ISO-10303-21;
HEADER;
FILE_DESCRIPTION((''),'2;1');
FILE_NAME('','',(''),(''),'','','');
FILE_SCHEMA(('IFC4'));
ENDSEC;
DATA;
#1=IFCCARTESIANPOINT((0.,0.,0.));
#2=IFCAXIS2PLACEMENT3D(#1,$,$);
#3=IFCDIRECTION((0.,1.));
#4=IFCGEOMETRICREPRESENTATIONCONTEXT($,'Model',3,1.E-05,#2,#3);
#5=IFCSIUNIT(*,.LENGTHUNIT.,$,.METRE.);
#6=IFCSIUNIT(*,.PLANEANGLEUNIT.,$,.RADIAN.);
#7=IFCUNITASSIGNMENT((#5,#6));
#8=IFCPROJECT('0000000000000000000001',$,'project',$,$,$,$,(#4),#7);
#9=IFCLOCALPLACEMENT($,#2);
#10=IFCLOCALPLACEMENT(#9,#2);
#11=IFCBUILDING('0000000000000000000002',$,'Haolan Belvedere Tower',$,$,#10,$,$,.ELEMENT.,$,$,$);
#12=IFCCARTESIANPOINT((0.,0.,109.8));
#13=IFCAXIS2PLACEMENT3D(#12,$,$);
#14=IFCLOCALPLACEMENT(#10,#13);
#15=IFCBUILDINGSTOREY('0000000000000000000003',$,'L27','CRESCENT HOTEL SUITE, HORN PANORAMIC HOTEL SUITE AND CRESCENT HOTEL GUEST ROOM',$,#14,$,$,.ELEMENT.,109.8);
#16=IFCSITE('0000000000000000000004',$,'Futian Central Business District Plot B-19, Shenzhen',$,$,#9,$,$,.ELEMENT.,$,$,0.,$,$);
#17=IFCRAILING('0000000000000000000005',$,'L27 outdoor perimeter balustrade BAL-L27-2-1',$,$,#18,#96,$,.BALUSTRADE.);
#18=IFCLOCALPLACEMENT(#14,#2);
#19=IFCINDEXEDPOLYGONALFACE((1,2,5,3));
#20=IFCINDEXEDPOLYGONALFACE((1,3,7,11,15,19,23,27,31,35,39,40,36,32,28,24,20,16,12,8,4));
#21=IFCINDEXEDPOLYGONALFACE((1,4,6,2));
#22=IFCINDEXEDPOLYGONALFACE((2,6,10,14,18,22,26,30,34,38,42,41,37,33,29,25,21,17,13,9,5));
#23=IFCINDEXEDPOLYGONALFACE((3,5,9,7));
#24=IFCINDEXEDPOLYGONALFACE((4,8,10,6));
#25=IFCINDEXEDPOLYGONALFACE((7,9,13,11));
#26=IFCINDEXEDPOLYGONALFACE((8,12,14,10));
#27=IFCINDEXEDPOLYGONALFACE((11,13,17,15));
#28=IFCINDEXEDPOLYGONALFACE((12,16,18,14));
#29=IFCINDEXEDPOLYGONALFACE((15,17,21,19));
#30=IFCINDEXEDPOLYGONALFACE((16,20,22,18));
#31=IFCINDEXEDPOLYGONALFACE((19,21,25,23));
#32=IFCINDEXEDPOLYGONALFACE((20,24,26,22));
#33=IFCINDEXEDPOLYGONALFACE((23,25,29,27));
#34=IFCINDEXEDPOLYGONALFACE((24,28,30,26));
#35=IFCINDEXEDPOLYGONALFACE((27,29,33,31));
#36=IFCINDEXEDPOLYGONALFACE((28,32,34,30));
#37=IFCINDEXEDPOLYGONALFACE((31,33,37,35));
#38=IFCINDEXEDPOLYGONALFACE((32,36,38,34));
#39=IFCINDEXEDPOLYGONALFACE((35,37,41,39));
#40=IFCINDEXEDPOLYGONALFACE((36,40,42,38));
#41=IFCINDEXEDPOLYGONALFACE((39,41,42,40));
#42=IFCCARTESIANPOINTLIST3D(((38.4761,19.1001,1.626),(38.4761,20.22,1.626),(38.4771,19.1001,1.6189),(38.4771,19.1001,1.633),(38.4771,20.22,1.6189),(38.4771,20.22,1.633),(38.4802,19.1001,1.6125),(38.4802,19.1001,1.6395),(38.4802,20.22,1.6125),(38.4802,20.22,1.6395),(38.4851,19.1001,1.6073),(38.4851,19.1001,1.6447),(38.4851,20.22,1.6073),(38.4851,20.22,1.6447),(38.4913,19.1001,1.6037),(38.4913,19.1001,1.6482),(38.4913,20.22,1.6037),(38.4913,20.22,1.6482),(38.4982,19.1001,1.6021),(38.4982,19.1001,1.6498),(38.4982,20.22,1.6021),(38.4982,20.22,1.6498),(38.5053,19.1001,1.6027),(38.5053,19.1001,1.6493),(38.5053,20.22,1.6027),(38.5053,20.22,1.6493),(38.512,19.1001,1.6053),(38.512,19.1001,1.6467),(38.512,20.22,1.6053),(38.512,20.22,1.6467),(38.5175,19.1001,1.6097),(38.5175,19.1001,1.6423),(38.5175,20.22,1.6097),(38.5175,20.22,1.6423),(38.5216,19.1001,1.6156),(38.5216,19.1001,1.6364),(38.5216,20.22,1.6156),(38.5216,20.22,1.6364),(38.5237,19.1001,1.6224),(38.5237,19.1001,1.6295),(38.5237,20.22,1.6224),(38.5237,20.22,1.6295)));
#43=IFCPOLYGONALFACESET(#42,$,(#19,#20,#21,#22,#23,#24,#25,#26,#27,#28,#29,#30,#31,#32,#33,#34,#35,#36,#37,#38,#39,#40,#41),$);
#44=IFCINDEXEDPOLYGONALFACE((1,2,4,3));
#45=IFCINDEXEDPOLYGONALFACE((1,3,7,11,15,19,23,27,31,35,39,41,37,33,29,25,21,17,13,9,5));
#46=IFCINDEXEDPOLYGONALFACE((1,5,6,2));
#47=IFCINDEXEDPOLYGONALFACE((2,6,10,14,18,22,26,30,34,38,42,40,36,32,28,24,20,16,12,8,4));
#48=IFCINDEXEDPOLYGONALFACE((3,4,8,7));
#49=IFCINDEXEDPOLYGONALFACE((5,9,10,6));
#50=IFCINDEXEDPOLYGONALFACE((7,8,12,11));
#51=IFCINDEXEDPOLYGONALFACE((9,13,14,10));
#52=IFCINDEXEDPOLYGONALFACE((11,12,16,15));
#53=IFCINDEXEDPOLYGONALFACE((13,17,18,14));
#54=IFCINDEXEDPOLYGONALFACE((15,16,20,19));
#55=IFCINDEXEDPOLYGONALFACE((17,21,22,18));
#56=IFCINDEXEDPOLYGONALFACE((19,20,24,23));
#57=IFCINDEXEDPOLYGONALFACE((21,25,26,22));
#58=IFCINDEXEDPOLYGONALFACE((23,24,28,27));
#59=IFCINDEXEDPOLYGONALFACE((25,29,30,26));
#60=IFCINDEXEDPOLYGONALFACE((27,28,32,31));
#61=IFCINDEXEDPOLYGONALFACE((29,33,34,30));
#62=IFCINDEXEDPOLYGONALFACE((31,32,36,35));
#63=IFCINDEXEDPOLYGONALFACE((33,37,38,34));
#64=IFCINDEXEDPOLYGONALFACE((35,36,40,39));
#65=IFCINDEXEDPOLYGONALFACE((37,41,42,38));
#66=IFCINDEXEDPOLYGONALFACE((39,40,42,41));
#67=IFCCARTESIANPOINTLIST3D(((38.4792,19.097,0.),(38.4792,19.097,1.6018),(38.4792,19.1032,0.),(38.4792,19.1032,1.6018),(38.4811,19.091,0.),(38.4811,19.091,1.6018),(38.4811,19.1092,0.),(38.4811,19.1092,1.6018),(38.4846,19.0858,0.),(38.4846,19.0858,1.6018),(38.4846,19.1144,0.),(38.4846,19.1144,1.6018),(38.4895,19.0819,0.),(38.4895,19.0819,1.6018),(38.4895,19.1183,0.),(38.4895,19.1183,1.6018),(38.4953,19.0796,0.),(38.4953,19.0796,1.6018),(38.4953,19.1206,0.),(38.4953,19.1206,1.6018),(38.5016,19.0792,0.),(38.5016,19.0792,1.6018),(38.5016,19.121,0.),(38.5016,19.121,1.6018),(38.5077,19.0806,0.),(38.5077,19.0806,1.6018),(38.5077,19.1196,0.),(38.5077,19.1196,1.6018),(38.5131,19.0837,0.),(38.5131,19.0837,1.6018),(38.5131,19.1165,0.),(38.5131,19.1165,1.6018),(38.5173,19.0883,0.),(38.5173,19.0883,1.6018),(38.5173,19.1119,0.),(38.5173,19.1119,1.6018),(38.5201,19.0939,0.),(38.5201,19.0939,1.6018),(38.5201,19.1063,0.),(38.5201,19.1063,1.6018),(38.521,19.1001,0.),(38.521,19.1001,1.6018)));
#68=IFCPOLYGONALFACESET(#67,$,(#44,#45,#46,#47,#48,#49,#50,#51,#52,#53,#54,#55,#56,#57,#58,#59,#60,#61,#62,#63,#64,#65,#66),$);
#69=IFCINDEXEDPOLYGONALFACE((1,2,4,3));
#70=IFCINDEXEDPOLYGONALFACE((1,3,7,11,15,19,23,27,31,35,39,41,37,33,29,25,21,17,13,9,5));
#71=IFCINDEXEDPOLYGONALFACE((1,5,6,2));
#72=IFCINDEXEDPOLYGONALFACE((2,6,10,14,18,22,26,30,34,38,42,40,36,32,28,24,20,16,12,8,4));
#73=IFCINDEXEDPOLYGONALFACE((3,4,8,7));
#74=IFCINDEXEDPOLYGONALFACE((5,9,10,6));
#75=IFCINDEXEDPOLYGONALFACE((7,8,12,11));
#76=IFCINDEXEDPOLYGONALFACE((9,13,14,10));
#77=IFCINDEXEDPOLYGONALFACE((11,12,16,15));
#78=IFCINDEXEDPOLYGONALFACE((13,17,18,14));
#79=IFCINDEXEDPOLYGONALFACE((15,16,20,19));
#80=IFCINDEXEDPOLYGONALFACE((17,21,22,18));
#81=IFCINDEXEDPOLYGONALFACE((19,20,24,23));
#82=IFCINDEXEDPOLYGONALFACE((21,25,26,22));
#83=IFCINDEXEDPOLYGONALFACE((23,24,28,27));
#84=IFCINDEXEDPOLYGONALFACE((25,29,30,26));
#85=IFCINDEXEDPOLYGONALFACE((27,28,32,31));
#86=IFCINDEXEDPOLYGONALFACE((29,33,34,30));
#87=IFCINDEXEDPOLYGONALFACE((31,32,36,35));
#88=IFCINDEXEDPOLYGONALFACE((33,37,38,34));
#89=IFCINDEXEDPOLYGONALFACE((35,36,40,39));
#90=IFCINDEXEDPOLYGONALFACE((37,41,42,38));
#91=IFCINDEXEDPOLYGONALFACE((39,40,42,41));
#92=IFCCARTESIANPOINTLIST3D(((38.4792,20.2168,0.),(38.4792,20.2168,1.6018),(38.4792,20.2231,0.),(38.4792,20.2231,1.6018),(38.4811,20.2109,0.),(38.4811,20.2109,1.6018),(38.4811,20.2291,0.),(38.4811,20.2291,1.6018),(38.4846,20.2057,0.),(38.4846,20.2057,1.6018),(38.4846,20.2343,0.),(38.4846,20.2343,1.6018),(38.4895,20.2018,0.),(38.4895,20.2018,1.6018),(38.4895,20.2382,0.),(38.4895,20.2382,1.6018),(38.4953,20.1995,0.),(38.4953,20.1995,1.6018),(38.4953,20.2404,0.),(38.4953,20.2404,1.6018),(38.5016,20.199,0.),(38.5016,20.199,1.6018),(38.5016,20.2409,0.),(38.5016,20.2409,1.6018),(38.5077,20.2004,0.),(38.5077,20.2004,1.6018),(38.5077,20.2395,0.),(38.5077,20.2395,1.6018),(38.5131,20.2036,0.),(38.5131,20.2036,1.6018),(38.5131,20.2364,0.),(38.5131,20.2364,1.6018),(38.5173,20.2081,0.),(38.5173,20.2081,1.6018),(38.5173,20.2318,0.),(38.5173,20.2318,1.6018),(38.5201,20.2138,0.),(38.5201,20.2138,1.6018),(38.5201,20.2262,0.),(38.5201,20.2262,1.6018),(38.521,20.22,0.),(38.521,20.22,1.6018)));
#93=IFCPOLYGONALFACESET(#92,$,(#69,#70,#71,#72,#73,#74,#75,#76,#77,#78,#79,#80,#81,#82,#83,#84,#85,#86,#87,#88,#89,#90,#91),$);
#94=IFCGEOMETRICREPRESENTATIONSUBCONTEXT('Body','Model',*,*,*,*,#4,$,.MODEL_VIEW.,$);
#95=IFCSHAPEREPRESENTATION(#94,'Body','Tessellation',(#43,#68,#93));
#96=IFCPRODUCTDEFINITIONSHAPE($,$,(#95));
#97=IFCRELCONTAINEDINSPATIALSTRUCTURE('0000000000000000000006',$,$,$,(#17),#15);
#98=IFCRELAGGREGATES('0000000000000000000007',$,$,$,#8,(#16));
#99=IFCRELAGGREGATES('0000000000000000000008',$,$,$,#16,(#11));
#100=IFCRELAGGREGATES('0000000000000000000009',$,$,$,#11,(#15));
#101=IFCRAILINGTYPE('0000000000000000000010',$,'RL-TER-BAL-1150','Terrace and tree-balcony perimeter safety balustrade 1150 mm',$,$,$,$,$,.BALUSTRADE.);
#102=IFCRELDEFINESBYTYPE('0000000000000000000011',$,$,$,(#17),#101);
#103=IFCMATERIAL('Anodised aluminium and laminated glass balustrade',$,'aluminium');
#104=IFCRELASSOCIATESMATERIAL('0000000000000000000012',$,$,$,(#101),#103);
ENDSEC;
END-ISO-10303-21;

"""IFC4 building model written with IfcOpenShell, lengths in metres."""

from ifc_helpers import new_model, si_unit, direction, frame, origin, origin_2d, place, context, subcontext, project, spatial, circle, extrude, material, type_object, element, save


model = new_model("IFC4")

# Units and contexts
model_context = context("Model", 3, precision=1e-05, world=origin(), true_north=direction((0.0, 1.0)))
body_context = subcontext(model_context, "Body", "Model", "MODEL_VIEW")
ifc_project = project(units=[si_unit("LENGTHUNIT", "METRE"), si_unit("PLANEANGLEUNIT", "RADIAN")], contexts=[model_context])

# Site, building, storey
site_placement = place(None, origin())
site = spatial("IfcSite", under=ifc_project, at=site_placement, Name="Futian Central Business District Plot B-19, Shenzhen", CompositionType="ELEMENT", RefElevation=0.0)
building_placement = place(site_placement, origin())
building = spatial("IfcBuilding", under=site, at=building_placement, Name="Haolan Belvedere Tower", CompositionType="ELEMENT")
storey_placement = place(building_placement, frame((0.0, 0.0, 109.8)))
storey = spatial("IfcBuildingStorey", under=building, at=storey_placement, Name="L27", Description="CRESCENT HOTEL SUITE, HORN PANORAMIC HOTEL SUITE AND CRESCENT HOTEL GUEST ROOM", CompositionType="ELEMENT", Elevation=109.8)

# Railing
ifc_material_1 = material(Name="Anodised aluminium and laminated glass balustrade", Category="aluminium")
railing_type = type_object("IfcRailingType", Name="RL-TER-BAL-1150", Description="Terrace and tree-balcony perimeter safety balustrade 1150 mm", PredefinedType="BALUSTRADE", material=ifc_material_1)
railing_1_placement = place(storey_placement, frame((38.5, 19.1001, 0.0)))
element("IfcRailing", 1, at=railing_1_placement, inside=storey, type_object=railing_type, Name="L27 outdoor perimeter balustrade BAL-L27-2-1", PredefinedType="BALUSTRADE", context=body_context, shape_type="SweptSolid", body=[
    extrude(circle(Radius=0.0239, at=origin_2d()), frame((0.0, 0.0, 1.626), z_axis=(0.0, 1.0, 0.0), x_axis=(-1.0, 0.0, 0.0)), (0.0, 0.0, 1.0), 1.1199),
    extrude(circle(Radius=0.021, at=origin_2d()), origin(), (0.0, 0.0, 1.0), 1.6018),
    extrude(circle(Radius=0.021, at=origin_2d()), frame((0.0, 1.1199, 0.0)), (0.0, 0.0, 1.0), 1.6018),
])

save(model, "model.ifc")
